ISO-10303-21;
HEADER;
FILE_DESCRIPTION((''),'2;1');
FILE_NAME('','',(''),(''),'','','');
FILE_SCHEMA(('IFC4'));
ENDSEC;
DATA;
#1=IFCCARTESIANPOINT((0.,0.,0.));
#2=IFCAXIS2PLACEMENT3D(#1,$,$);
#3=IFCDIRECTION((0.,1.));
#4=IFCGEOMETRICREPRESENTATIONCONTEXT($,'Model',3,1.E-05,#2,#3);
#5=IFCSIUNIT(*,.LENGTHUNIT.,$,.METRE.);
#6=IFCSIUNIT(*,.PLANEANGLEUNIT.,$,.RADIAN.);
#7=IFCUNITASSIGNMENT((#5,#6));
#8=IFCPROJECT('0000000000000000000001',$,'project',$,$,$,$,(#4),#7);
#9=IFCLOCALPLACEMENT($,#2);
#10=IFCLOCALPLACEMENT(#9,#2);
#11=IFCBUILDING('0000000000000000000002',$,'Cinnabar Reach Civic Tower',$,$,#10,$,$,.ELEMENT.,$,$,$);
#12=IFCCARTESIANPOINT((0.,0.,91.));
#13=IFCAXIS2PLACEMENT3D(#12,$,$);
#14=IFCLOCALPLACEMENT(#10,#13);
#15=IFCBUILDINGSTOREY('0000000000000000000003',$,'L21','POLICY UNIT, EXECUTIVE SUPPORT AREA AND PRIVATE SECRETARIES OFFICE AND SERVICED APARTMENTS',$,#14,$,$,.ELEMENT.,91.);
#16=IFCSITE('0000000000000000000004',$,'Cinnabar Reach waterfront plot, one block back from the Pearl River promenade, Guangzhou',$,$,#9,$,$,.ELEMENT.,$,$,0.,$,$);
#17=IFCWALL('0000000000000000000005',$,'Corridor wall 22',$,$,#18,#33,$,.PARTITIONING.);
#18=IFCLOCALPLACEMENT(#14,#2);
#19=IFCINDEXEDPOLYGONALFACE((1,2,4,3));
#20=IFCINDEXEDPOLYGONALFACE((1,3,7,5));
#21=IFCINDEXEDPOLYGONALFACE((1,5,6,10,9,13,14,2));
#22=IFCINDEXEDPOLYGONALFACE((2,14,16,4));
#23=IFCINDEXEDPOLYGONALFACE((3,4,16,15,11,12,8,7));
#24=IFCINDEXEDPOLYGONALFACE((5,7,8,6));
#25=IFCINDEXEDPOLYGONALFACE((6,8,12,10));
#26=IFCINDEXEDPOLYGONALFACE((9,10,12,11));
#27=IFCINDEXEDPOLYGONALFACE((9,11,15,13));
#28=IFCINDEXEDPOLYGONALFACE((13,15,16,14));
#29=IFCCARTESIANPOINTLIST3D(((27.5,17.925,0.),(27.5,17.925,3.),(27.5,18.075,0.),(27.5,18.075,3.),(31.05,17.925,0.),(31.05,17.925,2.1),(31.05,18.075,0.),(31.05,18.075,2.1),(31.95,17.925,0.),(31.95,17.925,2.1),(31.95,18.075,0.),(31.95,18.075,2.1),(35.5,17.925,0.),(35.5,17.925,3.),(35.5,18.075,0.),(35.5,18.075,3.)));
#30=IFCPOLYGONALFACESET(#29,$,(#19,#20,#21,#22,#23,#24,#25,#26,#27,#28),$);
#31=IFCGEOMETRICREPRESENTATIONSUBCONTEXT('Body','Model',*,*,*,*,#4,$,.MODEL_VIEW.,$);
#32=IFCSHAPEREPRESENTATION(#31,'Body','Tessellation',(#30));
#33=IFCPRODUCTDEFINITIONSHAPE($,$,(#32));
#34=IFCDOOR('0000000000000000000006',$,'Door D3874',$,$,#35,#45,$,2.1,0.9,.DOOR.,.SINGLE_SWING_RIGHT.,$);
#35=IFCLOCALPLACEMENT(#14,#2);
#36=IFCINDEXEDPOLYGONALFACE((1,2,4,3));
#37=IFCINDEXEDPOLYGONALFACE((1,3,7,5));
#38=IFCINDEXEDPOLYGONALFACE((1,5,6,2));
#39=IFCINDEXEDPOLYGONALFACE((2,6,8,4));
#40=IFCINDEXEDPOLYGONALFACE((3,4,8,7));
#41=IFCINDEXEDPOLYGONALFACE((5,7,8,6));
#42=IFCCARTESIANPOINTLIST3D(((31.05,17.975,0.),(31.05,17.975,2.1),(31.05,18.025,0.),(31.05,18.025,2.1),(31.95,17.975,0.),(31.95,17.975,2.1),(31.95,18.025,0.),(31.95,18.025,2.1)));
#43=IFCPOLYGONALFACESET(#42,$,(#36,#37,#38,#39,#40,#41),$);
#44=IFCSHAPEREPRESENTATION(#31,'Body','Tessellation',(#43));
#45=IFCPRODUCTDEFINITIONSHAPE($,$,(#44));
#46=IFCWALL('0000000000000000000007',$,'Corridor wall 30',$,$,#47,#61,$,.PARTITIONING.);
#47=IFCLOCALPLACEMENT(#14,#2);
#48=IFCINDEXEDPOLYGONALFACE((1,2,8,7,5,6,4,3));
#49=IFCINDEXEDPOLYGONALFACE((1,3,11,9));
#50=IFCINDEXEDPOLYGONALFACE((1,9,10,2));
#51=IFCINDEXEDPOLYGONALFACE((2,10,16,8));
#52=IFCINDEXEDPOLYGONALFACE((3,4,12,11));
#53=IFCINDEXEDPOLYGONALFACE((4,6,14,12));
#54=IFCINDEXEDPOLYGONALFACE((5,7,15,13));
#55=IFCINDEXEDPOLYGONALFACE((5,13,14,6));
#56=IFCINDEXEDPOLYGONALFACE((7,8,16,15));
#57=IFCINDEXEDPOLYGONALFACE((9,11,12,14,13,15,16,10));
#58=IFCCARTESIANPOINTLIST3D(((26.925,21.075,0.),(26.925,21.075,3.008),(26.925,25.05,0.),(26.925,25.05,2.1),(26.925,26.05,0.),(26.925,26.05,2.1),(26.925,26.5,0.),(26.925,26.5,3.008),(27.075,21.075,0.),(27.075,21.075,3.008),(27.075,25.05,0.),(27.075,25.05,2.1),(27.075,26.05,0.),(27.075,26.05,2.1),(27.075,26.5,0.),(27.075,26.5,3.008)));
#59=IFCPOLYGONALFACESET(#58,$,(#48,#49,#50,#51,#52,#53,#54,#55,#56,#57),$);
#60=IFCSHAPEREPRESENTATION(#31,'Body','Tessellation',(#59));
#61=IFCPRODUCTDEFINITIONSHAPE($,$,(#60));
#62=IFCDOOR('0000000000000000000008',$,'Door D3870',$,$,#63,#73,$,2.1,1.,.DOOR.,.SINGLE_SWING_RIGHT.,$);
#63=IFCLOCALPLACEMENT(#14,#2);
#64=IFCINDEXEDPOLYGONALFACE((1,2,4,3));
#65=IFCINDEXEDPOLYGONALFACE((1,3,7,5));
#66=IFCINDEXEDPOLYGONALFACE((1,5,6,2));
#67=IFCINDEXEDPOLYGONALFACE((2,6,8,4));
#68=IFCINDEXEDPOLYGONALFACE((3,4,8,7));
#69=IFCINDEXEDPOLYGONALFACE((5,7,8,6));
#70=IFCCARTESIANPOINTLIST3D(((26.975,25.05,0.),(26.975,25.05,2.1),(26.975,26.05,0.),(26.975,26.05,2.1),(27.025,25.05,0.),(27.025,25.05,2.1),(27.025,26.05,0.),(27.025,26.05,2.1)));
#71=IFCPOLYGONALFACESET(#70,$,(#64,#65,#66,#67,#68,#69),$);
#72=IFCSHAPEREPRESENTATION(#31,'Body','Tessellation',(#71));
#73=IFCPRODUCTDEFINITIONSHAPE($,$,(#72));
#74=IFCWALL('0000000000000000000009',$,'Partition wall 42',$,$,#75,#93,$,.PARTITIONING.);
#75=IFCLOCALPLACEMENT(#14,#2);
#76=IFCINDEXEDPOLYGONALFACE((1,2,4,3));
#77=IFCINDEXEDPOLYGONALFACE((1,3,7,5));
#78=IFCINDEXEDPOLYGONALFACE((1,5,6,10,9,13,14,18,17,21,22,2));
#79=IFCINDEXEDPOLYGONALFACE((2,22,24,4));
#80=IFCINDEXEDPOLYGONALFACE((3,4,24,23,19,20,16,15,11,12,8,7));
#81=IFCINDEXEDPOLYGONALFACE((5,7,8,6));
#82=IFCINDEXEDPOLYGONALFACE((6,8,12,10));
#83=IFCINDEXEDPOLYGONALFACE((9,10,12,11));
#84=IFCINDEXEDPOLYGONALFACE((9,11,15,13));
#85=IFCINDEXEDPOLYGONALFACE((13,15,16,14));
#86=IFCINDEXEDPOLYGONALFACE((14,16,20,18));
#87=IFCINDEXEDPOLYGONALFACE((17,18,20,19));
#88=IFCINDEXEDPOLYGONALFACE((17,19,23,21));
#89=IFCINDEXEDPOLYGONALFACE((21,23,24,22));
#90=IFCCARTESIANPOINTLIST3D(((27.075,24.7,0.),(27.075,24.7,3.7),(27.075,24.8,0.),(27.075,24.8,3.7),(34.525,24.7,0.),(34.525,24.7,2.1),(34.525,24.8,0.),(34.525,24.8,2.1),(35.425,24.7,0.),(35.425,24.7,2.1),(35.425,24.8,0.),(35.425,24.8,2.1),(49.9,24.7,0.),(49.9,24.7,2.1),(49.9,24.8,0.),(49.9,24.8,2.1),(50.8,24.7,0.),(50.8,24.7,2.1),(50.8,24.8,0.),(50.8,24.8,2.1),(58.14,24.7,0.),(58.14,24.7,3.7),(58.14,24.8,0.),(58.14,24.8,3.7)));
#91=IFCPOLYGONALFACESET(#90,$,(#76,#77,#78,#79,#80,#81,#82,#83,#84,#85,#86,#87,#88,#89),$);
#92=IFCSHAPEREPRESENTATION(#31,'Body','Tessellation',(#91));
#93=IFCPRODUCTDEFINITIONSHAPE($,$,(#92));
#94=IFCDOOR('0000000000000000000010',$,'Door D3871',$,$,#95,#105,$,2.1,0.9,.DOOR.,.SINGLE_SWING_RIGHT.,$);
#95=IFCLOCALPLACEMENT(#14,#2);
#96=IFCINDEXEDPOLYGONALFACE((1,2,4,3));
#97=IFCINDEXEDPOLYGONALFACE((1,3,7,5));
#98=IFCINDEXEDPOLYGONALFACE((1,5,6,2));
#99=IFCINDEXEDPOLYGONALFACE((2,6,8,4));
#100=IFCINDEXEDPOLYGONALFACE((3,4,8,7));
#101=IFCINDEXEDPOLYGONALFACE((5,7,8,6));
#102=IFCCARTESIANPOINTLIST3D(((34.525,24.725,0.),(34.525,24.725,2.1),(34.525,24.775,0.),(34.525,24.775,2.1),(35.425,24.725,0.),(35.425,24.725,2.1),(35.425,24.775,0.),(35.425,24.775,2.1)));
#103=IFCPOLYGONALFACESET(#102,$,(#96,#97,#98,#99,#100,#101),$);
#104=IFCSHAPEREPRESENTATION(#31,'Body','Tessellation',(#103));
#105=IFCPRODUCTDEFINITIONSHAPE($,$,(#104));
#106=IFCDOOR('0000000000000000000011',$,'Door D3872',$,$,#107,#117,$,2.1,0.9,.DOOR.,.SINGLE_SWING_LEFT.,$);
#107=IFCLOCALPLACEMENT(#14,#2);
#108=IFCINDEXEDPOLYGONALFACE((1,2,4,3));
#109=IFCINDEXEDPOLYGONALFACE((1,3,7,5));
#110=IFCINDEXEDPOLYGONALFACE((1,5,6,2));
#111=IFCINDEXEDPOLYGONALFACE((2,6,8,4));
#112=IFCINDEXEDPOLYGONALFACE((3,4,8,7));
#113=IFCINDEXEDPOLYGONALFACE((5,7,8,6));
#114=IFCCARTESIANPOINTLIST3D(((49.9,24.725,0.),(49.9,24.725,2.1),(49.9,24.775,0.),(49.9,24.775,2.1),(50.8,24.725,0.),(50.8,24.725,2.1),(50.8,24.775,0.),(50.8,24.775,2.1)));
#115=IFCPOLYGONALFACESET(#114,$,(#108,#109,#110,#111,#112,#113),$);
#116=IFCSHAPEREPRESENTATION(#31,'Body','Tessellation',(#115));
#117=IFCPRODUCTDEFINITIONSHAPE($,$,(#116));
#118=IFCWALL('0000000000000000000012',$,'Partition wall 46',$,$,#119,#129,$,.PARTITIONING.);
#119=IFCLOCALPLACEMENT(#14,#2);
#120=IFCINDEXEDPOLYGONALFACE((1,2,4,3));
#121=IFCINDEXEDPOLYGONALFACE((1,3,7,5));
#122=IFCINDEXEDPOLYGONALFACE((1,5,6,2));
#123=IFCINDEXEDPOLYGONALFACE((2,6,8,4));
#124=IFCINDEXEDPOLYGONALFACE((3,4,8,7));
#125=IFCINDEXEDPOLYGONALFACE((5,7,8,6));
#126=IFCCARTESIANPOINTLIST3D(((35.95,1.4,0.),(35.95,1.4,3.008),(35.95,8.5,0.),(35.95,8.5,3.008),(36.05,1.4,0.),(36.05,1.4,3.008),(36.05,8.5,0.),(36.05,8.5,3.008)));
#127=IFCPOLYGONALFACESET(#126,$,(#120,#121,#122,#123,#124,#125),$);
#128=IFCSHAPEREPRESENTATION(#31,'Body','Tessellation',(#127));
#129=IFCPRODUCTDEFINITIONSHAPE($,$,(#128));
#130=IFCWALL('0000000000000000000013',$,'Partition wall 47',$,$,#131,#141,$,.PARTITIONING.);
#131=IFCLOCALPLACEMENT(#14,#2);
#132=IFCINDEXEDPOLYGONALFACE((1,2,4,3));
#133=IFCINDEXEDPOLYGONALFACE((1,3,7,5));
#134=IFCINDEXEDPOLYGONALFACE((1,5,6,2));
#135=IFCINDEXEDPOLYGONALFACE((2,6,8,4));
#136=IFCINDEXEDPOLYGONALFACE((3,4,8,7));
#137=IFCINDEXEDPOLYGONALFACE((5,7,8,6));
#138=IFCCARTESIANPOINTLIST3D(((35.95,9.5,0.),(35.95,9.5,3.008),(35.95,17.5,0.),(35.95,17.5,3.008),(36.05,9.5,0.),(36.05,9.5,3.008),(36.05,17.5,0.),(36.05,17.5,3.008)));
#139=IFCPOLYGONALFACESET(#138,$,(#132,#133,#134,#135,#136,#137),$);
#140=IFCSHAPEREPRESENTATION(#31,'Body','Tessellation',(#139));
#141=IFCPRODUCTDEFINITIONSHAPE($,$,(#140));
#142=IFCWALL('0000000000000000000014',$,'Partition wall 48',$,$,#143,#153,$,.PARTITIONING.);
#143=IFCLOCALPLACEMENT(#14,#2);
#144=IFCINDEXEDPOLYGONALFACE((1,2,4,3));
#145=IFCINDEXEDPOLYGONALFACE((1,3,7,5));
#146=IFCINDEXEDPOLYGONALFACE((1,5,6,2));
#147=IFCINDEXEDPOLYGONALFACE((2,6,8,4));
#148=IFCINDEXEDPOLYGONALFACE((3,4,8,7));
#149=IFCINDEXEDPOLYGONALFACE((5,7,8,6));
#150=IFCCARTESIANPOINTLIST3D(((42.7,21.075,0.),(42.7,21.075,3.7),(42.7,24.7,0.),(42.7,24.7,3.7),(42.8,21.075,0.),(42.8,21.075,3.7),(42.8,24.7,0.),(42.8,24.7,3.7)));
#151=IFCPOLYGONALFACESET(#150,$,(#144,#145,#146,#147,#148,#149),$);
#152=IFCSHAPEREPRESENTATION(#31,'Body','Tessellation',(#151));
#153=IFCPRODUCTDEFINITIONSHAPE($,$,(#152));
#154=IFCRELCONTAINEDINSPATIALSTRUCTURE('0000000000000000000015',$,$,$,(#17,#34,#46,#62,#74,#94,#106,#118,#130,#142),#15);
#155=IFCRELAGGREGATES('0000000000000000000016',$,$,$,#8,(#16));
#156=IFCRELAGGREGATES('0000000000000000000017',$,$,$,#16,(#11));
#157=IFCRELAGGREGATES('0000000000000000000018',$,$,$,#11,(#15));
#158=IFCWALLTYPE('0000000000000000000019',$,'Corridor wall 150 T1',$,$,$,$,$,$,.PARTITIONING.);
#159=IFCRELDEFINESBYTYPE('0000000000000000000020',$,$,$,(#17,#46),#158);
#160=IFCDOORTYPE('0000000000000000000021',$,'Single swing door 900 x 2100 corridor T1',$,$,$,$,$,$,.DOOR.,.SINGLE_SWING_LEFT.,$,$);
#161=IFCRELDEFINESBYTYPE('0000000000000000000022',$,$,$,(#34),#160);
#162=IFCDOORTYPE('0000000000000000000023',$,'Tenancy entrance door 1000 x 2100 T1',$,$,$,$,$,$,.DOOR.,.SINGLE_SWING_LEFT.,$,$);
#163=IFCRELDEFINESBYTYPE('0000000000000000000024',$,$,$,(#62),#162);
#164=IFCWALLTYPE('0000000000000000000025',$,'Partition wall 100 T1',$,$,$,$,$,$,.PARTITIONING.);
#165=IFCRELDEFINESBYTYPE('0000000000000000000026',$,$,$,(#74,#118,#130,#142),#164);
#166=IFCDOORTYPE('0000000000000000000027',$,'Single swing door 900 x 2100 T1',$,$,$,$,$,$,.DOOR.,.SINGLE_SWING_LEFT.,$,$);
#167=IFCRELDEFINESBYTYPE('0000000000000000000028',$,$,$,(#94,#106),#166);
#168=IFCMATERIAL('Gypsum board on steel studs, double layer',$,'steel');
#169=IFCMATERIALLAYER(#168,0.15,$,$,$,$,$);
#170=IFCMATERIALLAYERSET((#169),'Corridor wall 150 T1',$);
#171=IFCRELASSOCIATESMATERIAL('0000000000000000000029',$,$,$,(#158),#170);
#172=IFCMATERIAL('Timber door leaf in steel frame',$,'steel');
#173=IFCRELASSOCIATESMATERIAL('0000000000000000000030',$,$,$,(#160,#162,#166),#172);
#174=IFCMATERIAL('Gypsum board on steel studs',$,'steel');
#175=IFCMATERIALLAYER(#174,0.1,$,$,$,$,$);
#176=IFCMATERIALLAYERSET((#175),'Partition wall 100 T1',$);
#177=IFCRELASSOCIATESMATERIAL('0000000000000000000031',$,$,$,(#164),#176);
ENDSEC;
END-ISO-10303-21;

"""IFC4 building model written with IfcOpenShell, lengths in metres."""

from ifc_helpers import new_model, si_unit, direction, frame, frame_2d, origin, place, context, subcontext, project, spatial, rectangle, extrude, material, layer, layer_set, type_object, element, fill, save


model = new_model("IFC4")

# Units and contexts
model_context = context("Model", 3, precision=1e-05, world=origin(), true_north=direction((0.0, 1.0)))
body_context = subcontext(model_context, "Body", "Model", "MODEL_VIEW")
ifc_project = project(units=[si_unit("LENGTHUNIT", "METRE"), si_unit("PLANEANGLEUNIT", "RADIAN")], contexts=[model_context])

# Site, building, storey
site_placement = place(None, origin())
site = spatial("IfcSite", under=ifc_project, at=site_placement, Name="Cinnabar Reach waterfront plot, one block back from the Pearl River promenade, Guangzhou", CompositionType="ELEMENT", RefElevation=0.0)
building_placement = place(site_placement, origin())
building = spatial("IfcBuilding", under=site, at=building_placement, Name="Cinnabar Reach Civic Tower", CompositionType="ELEMENT")
storey_placement = place(building_placement, frame((0.0, 0.0, 91.0)))
storey = spatial("IfcBuildingStorey", under=building, at=storey_placement, Name="L21", Description="POLICY UNIT, EXECUTIVE SUPPORT AREA AND PRIVATE SECRETARIES OFFICE AND SERVICED APARTMENTS", CompositionType="ELEMENT", Elevation=91.0)

# Shared definitions
ifc_material_1 = material(Name="Gypsum board on steel studs, double layer", Category="steel")
ifc_layer_1 = layer(ifc_material_1, 0.15)
ifc_layer_set_1 = layer_set([ifc_layer_1], Name="Corridor wall 150 T1")
wall_type_1 = type_object("IfcWallType", Name="Corridor wall 150 T1", PredefinedType="PARTITIONING", material=ifc_layer_set_1)

# Walls, openings, doors
wall_1_placement = place(storey_placement, frame((27.5, 18.0, 0.0), z_axis=(0.0, 0.0, 1.0), x_axis=(1.0, 0.0, 0.0)))
wall_1 = element("IfcWall", 1, at=wall_1_placement, inside=storey, type_object=wall_type_1, Name="Corridor wall 22", PredefinedType="PARTITIONING", context=body_context, shape_type="SweptSolid", body=[
    extrude(rectangle(XDim=8.0, YDim=0.15, at=frame_2d((4.0, 0.0))), origin(), (0.0, 0.0, 1.0), 3.0),
])
opening_1_placement = place(wall_1_placement, frame((3.55, 0.0, 0.0)))
opening_1 = element("IfcOpeningElement", 2, at=opening_1_placement, cuts=wall_1, PredefinedType="OPENING", context=body_context, shape_type="SweptSolid", body=[
    extrude(rectangle(XDim=0.9, YDim=2.1, at=frame_2d((0.45, 1.05))), frame((0.0, 0.085, 0.0), z_axis=(0.0, -1.0, 0.0), x_axis=(1.0, 0.0, 0.0)), (0.0, 0.0, 1.0), 0.17),
])
ifc_material_2 = material(Name="Timber door leaf in steel frame", Category="steel")
door_type_1 = type_object("IfcDoorType", Name="Single swing door 900 x 2100 corridor T1", OperationType="SINGLE_SWING_LEFT", PredefinedType="DOOR", material=ifc_material_2)
door_1_placement = place(opening_1_placement, frame((0.9, 0.0, 0.0), z_axis=(0.0, 0.0, 1.0), x_axis=(-1.0, 0.0, 0.0)))
door_1 = element("IfcDoor", 3, at=door_1_placement, inside=storey, type_object=door_type_1, Name="Door D3874", OperationType="SINGLE_SWING_RIGHT", OverallHeight=2.1, OverallWidth=0.9, PredefinedType="DOOR", context=body_context, shape_type="SweptSolid", body=[
    extrude(rectangle(XDim=0.9, YDim=2.1, at=frame_2d((0.45, 1.05))), frame((0.0, 0.025, 0.0), z_axis=(0.0, -1.0, 0.0), x_axis=(1.0, 0.0, 0.0)), (0.0, 0.0, 1.0), 0.05),
])
fill(opening_1, door_1)
wall_2_placement = place(storey_placement, frame((27.0, 21.075, 0.0), z_axis=(0.0, 0.0, 1.0), x_axis=(0.0, 1.0, 0.0)))
wall_2 = element("IfcWall", 4, at=wall_2_placement, inside=storey, type_object=wall_type_1, Name="Corridor wall 30", PredefinedType="PARTITIONING", context=body_context, shape_type="SweptSolid", body=[
    extrude(rectangle(XDim=5.425, YDim=0.15, at=frame_2d((2.7125, 0.0))), origin(), (0.0, 0.0, 1.0), 3.008),
])
opening_2_placement = place(wall_2_placement, frame((3.975, 0.0, 0.0)))
opening_2 = element("IfcOpeningElement", 5, at=opening_2_placement, cuts=wall_2, PredefinedType="OPENING", context=body_context, shape_type="SweptSolid", body=[
    extrude(rectangle(XDim=1.0, YDim=2.1, at=frame_2d((0.5, 1.05))), frame((0.0, 0.085, 0.0), z_axis=(0.0, -1.0, 0.0), x_axis=(1.0, 0.0, 0.0)), (0.0, 0.0, 1.0), 0.17),
])
door_type_2 = type_object("IfcDoorType", Name="Tenancy entrance door 1000 x 2100 T1", OperationType="SINGLE_SWING_LEFT", PredefinedType="DOOR", material=ifc_material_2)
door_2_placement = place(opening_2_placement, frame((1.0, 0.0, 0.0), z_axis=(0.0, 0.0, 1.0), x_axis=(-1.0, 0.0, 0.0)))
door_2 = element("IfcDoor", 6, at=door_2_placement, inside=storey, type_object=door_type_2, Name="Door D3870", OperationType="SINGLE_SWING_RIGHT", OverallHeight=2.1, OverallWidth=1.0, PredefinedType="DOOR", context=body_context, shape_type="SweptSolid", body=[
    extrude(rectangle(XDim=1.0, YDim=2.1, at=frame_2d((0.5, 1.05))), frame((0.0, 0.025, 0.0), z_axis=(0.0, -1.0, 0.0), x_axis=(1.0, 0.0, 0.0)), (0.0, 0.0, 1.0), 0.05),
])
fill(opening_2, door_2)

# Wall, openings, doors
ifc_material_3 = material(Name="Gypsum board on steel studs", Category="steel")
ifc_layer_2 = layer(ifc_material_3, 0.1)
ifc_layer_set_2 = layer_set([ifc_layer_2], Name="Partition wall 100 T1")
wall_type_2 = type_object("IfcWallType", Name="Partition wall 100 T1", PredefinedType="PARTITIONING", material=ifc_layer_set_2)
wall_3_placement = place(storey_placement, frame((27.075, 24.75, 0.0), z_axis=(0.0, 0.0, 1.0), x_axis=(1.0, 0.0, 0.0)))
wall_3 = element("IfcWall", 7, at=wall_3_placement, inside=storey, type_object=wall_type_2, Name="Partition wall 42", PredefinedType="PARTITIONING", context=body_context, shape_type="SweptSolid", body=[
    extrude(rectangle(XDim=31.065, YDim=0.1, at=frame_2d((15.5325, 0.0))), origin(), (0.0, 0.0, 1.0), 3.7),
])
opening_3_placement = place(wall_3_placement, frame((7.45, 0.0, 0.0)))
opening_3 = element("IfcOpeningElement", 8, at=opening_3_placement, cuts=wall_3, PredefinedType="OPENING", context=body_context, shape_type="SweptSolid", body=[
    extrude(rectangle(XDim=0.9, YDim=2.1, at=frame_2d((0.45, 1.05))), frame((0.0, 0.06, 0.0), z_axis=(0.0, -1.0, 0.0), x_axis=(1.0, 0.0, 0.0)), (0.0, 0.0, 1.0), 0.12),
])
opening_4_placement = place(wall_3_placement, frame((22.825, 0.0, 0.0)))
opening_4 = element("IfcOpeningElement", 9, at=opening_4_placement, cuts=wall_3, PredefinedType="OPENING", context=body_context, shape_type="SweptSolid", body=[
    extrude(rectangle(XDim=0.9, YDim=2.1, at=frame_2d((0.45, 1.05))), frame((0.0, 0.06, 0.0), z_axis=(0.0, -1.0, 0.0), x_axis=(1.0, 0.0, 0.0)), (0.0, 0.0, 1.0), 0.12),
])
door_type_3 = type_object("IfcDoorType", Name="Single swing door 900 x 2100 T1", OperationType="SINGLE_SWING_LEFT", PredefinedType="DOOR", material=ifc_material_2)
door_3_placement = place(opening_3_placement, frame((0.9, 0.0, 0.0), z_axis=(0.0, 0.0, 1.0), x_axis=(-1.0, 0.0, 0.0)))
door_3 = element("IfcDoor", 10, at=door_3_placement, inside=storey, type_object=door_type_3, Name="Door D3871", OperationType="SINGLE_SWING_RIGHT", OverallHeight=2.1, OverallWidth=0.9, PredefinedType="DOOR", context=body_context, shape_type="SweptSolid", body=[
    extrude(rectangle(XDim=0.9, YDim=2.1, at=frame_2d((0.45, 1.05))), frame((0.0, 0.025, 0.0), z_axis=(0.0, -1.0, 0.0), x_axis=(1.0, 0.0, 0.0)), (0.0, 0.0, 1.0), 0.05),
])
fill(opening_3, door_3)
door_4_placement = place(opening_4_placement, frame((0.9, 0.0, 0.0), z_axis=(0.0, 0.0, 1.0), x_axis=(-1.0, 0.0, 0.0)))
door_4 = element("IfcDoor", 11, at=door_4_placement, inside=storey, type_object=door_type_3, Name="Door D3872", OperationType="SINGLE_SWING_LEFT", OverallHeight=2.1, OverallWidth=0.9, PredefinedType="DOOR", context=body_context, shape_type="SweptSolid", body=[
    extrude(rectangle(XDim=0.9, YDim=2.1, at=frame_2d((0.45, 1.05))), frame((0.0, 0.025, 0.0), z_axis=(0.0, -1.0, 0.0), x_axis=(1.0, 0.0, 0.0)), (0.0, 0.0, 1.0), 0.05),
])
fill(opening_4, door_4)

# Walls
wall_4_placement = place(storey_placement, frame((36.0, 1.4, 0.0), z_axis=(0.0, 0.0, 1.0), x_axis=(0.0, 1.0, 0.0)))
element("IfcWall", 12, at=wall_4_placement, inside=storey, type_object=wall_type_2, Name="Partition wall 46", PredefinedType="PARTITIONING", context=body_context, shape_type="SweptSolid", body=[
    extrude(rectangle(XDim=7.1, YDim=0.1, at=frame_2d((3.55, 0.0))), origin(), (0.0, 0.0, 1.0), 3.008),
])
wall_5_placement = place(storey_placement, frame((36.0, 9.5, 0.0), z_axis=(0.0, 0.0, 1.0), x_axis=(0.0, 1.0, 0.0)))
element("IfcWall", 13, at=wall_5_placement, inside=storey, type_object=wall_type_2, Name="Partition wall 47", PredefinedType="PARTITIONING", context=body_context, shape_type="SweptSolid", body=[
    extrude(rectangle(XDim=8.0, YDim=0.1, at=frame_2d((4.0, 0.0))), origin(), (0.0, 0.0, 1.0), 3.008),
])
wall_6_placement = place(storey_placement, frame((42.75, 21.075, 0.0), z_axis=(0.0, 0.0, 1.0), x_axis=(0.0, 1.0, 0.0)))
element("IfcWall", 14, at=wall_6_placement, inside=storey, type_object=wall_type_2, Name="Partition wall 48", PredefinedType="PARTITIONING", context=body_context, shape_type="SweptSolid", body=[
    extrude(rectangle(XDim=3.625, YDim=0.1, at=frame_2d((1.8125, 0.0))), origin(), (0.0, 0.0, 1.0), 3.7),
])

save(model, "model.ifc")
